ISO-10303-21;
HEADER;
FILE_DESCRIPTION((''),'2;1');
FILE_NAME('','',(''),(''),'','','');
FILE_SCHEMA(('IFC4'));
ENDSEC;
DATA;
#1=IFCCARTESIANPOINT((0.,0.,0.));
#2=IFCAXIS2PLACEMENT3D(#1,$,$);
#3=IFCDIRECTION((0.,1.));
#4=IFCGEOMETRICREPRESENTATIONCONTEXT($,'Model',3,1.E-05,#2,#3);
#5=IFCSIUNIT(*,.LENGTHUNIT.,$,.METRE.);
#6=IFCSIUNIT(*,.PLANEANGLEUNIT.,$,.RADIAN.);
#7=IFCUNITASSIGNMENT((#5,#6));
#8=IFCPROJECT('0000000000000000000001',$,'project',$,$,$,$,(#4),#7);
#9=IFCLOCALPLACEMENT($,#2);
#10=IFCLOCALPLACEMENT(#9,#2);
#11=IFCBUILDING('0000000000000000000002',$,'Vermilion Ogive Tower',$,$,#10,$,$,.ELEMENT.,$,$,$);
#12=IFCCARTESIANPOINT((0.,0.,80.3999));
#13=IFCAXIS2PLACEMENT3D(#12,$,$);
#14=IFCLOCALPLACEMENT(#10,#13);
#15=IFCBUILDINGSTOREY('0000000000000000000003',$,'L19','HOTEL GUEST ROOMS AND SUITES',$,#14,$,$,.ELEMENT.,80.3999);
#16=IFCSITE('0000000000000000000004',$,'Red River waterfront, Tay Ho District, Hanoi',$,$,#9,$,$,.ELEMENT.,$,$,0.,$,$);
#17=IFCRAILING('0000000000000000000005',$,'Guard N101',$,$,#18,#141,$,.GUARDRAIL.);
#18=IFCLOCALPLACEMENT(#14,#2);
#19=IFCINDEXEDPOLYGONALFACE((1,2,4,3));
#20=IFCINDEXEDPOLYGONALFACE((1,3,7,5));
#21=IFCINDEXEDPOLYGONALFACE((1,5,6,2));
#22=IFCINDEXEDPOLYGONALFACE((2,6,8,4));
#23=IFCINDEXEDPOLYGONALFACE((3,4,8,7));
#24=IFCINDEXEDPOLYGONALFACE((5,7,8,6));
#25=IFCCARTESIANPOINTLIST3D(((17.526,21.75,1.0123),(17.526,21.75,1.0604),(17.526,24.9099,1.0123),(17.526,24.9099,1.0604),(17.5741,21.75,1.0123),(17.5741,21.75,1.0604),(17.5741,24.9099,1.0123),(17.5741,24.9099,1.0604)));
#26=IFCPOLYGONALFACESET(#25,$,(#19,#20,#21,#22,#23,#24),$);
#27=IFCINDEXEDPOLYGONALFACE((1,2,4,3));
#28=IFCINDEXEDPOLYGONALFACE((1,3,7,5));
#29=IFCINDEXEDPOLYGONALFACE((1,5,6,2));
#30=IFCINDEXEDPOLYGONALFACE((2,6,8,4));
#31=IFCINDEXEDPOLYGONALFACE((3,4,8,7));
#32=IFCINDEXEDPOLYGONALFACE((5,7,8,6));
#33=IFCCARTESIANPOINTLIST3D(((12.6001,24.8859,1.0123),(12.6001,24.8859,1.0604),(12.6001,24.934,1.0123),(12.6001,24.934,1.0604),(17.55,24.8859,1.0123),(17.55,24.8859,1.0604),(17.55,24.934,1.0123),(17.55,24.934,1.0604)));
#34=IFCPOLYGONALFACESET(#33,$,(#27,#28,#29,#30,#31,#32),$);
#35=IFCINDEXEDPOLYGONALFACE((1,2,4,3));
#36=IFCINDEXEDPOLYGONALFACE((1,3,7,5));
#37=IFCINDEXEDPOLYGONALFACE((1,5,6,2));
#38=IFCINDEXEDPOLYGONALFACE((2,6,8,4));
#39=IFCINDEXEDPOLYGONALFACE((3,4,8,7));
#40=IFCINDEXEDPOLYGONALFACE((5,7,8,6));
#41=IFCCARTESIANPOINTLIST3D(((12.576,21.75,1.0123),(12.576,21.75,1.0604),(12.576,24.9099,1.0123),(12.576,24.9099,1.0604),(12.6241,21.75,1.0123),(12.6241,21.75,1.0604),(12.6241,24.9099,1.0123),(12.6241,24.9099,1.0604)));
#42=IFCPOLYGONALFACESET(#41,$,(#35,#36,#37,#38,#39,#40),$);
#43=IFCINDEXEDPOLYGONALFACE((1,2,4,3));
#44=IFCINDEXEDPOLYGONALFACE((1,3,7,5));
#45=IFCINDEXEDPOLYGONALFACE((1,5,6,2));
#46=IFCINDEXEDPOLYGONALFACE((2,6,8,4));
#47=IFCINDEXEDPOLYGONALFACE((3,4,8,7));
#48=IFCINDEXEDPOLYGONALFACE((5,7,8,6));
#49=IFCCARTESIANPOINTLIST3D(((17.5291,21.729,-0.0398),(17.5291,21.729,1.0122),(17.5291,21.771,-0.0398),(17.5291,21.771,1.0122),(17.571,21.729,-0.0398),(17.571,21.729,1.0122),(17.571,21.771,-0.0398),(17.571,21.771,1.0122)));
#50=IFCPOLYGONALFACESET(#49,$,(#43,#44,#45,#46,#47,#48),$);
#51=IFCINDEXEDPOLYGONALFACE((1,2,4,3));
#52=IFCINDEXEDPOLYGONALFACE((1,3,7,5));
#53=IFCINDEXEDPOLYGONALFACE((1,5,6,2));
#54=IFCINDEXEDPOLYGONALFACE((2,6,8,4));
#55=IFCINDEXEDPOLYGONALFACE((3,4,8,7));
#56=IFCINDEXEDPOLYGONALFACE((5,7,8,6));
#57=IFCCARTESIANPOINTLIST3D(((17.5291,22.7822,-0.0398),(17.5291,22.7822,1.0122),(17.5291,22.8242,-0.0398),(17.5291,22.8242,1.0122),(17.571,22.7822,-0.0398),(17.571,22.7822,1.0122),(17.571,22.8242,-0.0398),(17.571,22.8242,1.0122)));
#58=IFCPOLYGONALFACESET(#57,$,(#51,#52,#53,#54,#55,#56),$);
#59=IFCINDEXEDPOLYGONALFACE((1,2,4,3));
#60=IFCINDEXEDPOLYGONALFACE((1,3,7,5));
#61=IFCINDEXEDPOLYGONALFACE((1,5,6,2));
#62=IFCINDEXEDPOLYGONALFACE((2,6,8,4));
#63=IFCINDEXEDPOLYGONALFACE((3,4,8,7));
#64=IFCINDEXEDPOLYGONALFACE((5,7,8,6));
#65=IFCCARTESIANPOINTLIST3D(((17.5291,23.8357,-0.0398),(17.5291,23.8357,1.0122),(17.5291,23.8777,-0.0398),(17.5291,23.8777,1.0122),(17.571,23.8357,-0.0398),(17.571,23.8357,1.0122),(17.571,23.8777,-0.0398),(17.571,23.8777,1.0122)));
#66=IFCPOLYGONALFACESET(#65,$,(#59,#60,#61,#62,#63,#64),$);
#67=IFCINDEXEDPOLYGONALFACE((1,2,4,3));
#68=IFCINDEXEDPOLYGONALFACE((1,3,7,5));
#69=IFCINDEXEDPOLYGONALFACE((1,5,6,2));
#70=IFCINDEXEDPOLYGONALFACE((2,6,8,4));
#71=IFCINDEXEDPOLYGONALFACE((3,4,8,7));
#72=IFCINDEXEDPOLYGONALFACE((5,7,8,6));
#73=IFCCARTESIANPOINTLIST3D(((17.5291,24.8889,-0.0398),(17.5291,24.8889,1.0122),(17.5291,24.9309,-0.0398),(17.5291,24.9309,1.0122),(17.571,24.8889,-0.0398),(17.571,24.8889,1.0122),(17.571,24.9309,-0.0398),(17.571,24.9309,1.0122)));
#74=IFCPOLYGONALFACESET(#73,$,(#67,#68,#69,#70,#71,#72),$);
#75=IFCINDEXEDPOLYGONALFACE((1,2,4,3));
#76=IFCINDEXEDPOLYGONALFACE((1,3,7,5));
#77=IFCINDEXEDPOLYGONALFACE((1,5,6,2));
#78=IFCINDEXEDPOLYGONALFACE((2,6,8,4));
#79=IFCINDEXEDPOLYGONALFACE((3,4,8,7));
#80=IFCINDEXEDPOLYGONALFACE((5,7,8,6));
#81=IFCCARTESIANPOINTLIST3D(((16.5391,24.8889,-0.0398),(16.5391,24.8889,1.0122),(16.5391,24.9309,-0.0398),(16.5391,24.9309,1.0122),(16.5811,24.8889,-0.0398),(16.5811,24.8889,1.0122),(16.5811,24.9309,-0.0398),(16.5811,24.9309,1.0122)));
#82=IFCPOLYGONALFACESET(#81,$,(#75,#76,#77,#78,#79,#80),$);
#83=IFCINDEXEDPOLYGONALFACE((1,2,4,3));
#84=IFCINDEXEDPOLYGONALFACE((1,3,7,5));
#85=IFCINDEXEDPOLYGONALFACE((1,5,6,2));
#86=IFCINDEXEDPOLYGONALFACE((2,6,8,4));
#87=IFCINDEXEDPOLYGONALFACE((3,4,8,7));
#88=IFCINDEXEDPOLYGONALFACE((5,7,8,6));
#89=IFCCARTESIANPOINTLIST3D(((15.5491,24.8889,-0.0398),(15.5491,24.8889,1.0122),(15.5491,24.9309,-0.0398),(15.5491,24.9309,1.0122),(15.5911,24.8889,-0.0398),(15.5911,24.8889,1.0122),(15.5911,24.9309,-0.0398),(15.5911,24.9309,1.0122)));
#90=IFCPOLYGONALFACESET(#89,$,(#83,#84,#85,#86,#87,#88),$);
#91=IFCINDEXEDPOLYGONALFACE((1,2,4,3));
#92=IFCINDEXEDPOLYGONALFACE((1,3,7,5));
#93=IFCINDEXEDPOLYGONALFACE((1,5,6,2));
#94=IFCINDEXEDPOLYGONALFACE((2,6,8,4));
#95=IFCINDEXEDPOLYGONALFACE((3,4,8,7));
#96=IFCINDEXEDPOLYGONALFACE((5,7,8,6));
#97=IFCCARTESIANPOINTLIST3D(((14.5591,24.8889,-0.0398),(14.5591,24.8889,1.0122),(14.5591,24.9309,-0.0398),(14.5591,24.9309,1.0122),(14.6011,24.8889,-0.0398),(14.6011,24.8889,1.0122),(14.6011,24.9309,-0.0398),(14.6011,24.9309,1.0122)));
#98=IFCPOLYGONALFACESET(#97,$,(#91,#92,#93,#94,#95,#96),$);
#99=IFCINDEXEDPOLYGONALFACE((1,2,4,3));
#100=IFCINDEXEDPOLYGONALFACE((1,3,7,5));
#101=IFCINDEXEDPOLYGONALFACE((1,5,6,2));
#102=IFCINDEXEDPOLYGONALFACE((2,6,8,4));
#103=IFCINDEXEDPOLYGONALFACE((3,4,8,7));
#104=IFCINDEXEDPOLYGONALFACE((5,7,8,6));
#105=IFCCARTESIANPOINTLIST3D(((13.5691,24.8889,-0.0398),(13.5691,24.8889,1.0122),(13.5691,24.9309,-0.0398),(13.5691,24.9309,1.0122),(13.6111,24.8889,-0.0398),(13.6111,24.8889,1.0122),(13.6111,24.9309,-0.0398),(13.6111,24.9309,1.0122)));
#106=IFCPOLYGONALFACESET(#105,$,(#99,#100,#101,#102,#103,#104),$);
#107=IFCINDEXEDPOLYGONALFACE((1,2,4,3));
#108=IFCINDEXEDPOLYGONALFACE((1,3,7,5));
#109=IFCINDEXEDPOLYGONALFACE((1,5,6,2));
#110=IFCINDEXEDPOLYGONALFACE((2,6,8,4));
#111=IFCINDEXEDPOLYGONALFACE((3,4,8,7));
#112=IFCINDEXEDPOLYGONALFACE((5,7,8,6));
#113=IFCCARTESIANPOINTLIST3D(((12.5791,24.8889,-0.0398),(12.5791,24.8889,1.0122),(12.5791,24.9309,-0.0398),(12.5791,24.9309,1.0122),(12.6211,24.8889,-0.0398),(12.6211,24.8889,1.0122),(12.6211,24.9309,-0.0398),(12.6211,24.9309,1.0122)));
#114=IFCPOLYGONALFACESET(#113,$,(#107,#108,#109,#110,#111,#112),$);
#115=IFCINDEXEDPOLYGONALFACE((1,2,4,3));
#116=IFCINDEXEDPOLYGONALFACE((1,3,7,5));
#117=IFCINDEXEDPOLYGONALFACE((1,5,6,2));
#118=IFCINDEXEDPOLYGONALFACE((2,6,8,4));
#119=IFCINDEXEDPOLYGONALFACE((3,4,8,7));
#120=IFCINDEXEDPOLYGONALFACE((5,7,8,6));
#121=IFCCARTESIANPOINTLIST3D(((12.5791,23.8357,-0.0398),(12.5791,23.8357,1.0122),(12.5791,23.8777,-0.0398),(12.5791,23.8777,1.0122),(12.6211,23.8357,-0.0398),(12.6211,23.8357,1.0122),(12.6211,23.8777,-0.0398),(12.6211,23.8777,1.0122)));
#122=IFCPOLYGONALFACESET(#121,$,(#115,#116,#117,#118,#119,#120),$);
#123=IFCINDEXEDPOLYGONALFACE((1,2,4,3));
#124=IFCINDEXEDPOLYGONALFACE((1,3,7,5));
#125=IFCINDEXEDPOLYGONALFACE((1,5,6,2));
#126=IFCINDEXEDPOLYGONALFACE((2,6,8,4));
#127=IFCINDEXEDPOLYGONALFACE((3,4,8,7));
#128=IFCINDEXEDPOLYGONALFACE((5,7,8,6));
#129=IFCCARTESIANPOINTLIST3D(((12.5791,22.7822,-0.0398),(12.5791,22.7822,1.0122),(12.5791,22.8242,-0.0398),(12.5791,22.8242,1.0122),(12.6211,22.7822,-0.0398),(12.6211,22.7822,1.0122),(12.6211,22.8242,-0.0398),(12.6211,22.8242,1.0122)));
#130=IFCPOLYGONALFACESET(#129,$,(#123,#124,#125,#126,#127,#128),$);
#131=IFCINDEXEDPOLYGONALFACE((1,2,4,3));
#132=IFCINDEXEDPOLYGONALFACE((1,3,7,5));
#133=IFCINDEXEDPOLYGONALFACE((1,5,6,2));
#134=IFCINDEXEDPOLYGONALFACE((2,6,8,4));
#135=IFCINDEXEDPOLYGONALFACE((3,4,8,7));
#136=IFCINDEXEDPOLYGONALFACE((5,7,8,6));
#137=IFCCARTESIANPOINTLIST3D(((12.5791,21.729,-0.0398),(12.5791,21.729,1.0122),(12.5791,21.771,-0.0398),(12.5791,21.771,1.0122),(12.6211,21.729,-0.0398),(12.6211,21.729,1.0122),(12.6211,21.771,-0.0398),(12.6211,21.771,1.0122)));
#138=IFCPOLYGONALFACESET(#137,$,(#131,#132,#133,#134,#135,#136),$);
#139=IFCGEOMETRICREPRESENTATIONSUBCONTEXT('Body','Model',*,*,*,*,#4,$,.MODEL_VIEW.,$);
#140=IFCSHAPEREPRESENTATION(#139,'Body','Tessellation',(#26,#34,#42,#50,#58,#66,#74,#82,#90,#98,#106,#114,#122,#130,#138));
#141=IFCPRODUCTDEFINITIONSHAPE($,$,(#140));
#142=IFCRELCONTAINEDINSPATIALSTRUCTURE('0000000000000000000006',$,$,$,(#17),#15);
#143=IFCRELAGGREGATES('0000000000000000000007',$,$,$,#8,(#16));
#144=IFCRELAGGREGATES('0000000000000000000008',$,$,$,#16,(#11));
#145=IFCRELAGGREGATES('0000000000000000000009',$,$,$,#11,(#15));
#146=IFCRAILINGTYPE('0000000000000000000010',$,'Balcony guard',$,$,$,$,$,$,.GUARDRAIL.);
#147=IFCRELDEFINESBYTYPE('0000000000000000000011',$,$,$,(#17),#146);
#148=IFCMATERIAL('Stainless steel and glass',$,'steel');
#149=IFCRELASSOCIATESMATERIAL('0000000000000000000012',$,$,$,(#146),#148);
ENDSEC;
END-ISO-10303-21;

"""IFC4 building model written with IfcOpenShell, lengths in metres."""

from ifc_helpers import new_model, si_unit, direction, frame, origin, origin_2d, place, context, subcontext, project, spatial, rectangle, extrude, material, type_object, element, save


model = new_model("IFC4")

# Units and contexts
model_context = context("Model", 3, precision=1e-05, world=origin(), true_north=direction((0.0, 1.0)))
body_context = subcontext(model_context, "Body", "Model", "MODEL_VIEW")
ifc_project = project(units=[si_unit("LENGTHUNIT", "METRE"), si_unit("PLANEANGLEUNIT", "RADIAN")], contexts=[model_context])

# Site, building, storey
site_placement = place(None, origin())
site = spatial("IfcSite", under=ifc_project, at=site_placement, Name="Red River waterfront, Tay Ho District, Hanoi", CompositionType="ELEMENT", RefElevation=0.0)
building_placement = place(site_placement, origin())
building = spatial("IfcBuilding", under=site, at=building_placement, Name="Vermilion Ogive Tower", CompositionType="ELEMENT")
storey_placement = place(building_placement, frame((0.0, 0.0, 80.3999)))
storey = spatial("IfcBuildingStorey", under=building, at=storey_placement, Name="L19", Description="HOTEL GUEST ROOMS AND SUITES", CompositionType="ELEMENT", Elevation=80.3999)

# Railing
ifc_material_1 = material(Name="Stainless steel and glass", Category="steel")
railing_type_1 = type_object("IfcRailingType", Name="Balcony guard", PredefinedType="GUARDRAIL", material=ifc_material_1)
railing_1_placement = place(storey_placement, frame((17.55, 21.75, -0.0398)))
element("IfcRailing", 1, at=railing_1_placement, inside=storey, type_object=railing_type_1, Name="Guard N101", PredefinedType="GUARDRAIL", context=body_context, shape_type="SweptSolid", body=[
    extrude(rectangle(XDim=0.0481, YDim=0.0481, at=origin_2d()), frame((0.0, 0.0, 1.0762), z_axis=(0.0, 1.0, 0.0), x_axis=(-1.0, 0.0, 0.0)), (0.0, 0.0, 1.0), 3.1599),
    extrude(rectangle(XDim=0.0481, YDim=0.0481, at=origin_2d()), frame((0.0, 3.1599, 1.0762), z_axis=(-1.0, 0.0, 0.0), x_axis=(0.0, -1.0, 0.0)), (0.0, 0.0, 1.0), 4.95),
    extrude(rectangle(XDim=0.0481, YDim=0.0481, at=origin_2d()), frame((-4.95, 3.1599, 1.0762), z_axis=(0.0, -1.0, 0.0), x_axis=(1.0, 0.0, 0.0)), (0.0, 0.0, 1.0), 3.1599),
    extrude(rectangle(XDim=0.042, YDim=0.042, at=origin_2d()), origin(), (0.0, 0.0, 1.0), 1.052),
    extrude(rectangle(XDim=0.042, YDim=0.042, at=origin_2d()), frame((0.0, 1.0532, 0.0)), (0.0, 0.0, 1.0), 1.052),
    extrude(rectangle(XDim=0.042, YDim=0.042, at=origin_2d()), frame((0.0, 2.1067, 0.0)), (0.0, 0.0, 1.0), 1.052),
    extrude(rectangle(XDim=0.042, YDim=0.042, at=origin_2d()), frame((0.0, 3.1599, 0.0)), (0.0, 0.0, 1.0), 1.052),
    extrude(rectangle(XDim=0.042, YDim=0.042, at=origin_2d()), frame((-0.99, 3.1599, 0.0)), (0.0, 0.0, 1.0), 1.052),
    extrude(rectangle(XDim=0.042, YDim=0.042, at=origin_2d()), frame((-1.98, 3.1599, 0.0)), (0.0, 0.0, 1.0), 1.052),
    extrude(rectangle(XDim=0.042, YDim=0.042, at=origin_2d()), frame((-2.97, 3.1599, 0.0)), (0.0, 0.0, 1.0), 1.052),
    extrude(rectangle(XDim=0.042, YDim=0.042, at=origin_2d()), frame((-3.96, 3.1599, 0.0)), (0.0, 0.0, 1.0), 1.052),
    extrude(rectangle(XDim=0.042, YDim=0.042, at=origin_2d()), frame((-4.95, 3.1599, 0.0)), (0.0, 0.0, 1.0), 1.052),
    extrude(rectangle(XDim=0.042, YDim=0.042, at=origin_2d()), frame((-4.95, 2.1067, 0.0)), (0.0, 0.0, 1.0), 1.052),
    extrude(rectangle(XDim=0.042, YDim=0.042, at=origin_2d()), frame((-4.95, 1.0532, 0.0)), (0.0, 0.0, 1.0), 1.052),
    extrude(rectangle(XDim=0.042, YDim=0.042, at=origin_2d()), frame((-4.95, 0.0, 0.0)), (0.0, 0.0, 1.0), 1.052),
])

save(model, "model.ifc")
